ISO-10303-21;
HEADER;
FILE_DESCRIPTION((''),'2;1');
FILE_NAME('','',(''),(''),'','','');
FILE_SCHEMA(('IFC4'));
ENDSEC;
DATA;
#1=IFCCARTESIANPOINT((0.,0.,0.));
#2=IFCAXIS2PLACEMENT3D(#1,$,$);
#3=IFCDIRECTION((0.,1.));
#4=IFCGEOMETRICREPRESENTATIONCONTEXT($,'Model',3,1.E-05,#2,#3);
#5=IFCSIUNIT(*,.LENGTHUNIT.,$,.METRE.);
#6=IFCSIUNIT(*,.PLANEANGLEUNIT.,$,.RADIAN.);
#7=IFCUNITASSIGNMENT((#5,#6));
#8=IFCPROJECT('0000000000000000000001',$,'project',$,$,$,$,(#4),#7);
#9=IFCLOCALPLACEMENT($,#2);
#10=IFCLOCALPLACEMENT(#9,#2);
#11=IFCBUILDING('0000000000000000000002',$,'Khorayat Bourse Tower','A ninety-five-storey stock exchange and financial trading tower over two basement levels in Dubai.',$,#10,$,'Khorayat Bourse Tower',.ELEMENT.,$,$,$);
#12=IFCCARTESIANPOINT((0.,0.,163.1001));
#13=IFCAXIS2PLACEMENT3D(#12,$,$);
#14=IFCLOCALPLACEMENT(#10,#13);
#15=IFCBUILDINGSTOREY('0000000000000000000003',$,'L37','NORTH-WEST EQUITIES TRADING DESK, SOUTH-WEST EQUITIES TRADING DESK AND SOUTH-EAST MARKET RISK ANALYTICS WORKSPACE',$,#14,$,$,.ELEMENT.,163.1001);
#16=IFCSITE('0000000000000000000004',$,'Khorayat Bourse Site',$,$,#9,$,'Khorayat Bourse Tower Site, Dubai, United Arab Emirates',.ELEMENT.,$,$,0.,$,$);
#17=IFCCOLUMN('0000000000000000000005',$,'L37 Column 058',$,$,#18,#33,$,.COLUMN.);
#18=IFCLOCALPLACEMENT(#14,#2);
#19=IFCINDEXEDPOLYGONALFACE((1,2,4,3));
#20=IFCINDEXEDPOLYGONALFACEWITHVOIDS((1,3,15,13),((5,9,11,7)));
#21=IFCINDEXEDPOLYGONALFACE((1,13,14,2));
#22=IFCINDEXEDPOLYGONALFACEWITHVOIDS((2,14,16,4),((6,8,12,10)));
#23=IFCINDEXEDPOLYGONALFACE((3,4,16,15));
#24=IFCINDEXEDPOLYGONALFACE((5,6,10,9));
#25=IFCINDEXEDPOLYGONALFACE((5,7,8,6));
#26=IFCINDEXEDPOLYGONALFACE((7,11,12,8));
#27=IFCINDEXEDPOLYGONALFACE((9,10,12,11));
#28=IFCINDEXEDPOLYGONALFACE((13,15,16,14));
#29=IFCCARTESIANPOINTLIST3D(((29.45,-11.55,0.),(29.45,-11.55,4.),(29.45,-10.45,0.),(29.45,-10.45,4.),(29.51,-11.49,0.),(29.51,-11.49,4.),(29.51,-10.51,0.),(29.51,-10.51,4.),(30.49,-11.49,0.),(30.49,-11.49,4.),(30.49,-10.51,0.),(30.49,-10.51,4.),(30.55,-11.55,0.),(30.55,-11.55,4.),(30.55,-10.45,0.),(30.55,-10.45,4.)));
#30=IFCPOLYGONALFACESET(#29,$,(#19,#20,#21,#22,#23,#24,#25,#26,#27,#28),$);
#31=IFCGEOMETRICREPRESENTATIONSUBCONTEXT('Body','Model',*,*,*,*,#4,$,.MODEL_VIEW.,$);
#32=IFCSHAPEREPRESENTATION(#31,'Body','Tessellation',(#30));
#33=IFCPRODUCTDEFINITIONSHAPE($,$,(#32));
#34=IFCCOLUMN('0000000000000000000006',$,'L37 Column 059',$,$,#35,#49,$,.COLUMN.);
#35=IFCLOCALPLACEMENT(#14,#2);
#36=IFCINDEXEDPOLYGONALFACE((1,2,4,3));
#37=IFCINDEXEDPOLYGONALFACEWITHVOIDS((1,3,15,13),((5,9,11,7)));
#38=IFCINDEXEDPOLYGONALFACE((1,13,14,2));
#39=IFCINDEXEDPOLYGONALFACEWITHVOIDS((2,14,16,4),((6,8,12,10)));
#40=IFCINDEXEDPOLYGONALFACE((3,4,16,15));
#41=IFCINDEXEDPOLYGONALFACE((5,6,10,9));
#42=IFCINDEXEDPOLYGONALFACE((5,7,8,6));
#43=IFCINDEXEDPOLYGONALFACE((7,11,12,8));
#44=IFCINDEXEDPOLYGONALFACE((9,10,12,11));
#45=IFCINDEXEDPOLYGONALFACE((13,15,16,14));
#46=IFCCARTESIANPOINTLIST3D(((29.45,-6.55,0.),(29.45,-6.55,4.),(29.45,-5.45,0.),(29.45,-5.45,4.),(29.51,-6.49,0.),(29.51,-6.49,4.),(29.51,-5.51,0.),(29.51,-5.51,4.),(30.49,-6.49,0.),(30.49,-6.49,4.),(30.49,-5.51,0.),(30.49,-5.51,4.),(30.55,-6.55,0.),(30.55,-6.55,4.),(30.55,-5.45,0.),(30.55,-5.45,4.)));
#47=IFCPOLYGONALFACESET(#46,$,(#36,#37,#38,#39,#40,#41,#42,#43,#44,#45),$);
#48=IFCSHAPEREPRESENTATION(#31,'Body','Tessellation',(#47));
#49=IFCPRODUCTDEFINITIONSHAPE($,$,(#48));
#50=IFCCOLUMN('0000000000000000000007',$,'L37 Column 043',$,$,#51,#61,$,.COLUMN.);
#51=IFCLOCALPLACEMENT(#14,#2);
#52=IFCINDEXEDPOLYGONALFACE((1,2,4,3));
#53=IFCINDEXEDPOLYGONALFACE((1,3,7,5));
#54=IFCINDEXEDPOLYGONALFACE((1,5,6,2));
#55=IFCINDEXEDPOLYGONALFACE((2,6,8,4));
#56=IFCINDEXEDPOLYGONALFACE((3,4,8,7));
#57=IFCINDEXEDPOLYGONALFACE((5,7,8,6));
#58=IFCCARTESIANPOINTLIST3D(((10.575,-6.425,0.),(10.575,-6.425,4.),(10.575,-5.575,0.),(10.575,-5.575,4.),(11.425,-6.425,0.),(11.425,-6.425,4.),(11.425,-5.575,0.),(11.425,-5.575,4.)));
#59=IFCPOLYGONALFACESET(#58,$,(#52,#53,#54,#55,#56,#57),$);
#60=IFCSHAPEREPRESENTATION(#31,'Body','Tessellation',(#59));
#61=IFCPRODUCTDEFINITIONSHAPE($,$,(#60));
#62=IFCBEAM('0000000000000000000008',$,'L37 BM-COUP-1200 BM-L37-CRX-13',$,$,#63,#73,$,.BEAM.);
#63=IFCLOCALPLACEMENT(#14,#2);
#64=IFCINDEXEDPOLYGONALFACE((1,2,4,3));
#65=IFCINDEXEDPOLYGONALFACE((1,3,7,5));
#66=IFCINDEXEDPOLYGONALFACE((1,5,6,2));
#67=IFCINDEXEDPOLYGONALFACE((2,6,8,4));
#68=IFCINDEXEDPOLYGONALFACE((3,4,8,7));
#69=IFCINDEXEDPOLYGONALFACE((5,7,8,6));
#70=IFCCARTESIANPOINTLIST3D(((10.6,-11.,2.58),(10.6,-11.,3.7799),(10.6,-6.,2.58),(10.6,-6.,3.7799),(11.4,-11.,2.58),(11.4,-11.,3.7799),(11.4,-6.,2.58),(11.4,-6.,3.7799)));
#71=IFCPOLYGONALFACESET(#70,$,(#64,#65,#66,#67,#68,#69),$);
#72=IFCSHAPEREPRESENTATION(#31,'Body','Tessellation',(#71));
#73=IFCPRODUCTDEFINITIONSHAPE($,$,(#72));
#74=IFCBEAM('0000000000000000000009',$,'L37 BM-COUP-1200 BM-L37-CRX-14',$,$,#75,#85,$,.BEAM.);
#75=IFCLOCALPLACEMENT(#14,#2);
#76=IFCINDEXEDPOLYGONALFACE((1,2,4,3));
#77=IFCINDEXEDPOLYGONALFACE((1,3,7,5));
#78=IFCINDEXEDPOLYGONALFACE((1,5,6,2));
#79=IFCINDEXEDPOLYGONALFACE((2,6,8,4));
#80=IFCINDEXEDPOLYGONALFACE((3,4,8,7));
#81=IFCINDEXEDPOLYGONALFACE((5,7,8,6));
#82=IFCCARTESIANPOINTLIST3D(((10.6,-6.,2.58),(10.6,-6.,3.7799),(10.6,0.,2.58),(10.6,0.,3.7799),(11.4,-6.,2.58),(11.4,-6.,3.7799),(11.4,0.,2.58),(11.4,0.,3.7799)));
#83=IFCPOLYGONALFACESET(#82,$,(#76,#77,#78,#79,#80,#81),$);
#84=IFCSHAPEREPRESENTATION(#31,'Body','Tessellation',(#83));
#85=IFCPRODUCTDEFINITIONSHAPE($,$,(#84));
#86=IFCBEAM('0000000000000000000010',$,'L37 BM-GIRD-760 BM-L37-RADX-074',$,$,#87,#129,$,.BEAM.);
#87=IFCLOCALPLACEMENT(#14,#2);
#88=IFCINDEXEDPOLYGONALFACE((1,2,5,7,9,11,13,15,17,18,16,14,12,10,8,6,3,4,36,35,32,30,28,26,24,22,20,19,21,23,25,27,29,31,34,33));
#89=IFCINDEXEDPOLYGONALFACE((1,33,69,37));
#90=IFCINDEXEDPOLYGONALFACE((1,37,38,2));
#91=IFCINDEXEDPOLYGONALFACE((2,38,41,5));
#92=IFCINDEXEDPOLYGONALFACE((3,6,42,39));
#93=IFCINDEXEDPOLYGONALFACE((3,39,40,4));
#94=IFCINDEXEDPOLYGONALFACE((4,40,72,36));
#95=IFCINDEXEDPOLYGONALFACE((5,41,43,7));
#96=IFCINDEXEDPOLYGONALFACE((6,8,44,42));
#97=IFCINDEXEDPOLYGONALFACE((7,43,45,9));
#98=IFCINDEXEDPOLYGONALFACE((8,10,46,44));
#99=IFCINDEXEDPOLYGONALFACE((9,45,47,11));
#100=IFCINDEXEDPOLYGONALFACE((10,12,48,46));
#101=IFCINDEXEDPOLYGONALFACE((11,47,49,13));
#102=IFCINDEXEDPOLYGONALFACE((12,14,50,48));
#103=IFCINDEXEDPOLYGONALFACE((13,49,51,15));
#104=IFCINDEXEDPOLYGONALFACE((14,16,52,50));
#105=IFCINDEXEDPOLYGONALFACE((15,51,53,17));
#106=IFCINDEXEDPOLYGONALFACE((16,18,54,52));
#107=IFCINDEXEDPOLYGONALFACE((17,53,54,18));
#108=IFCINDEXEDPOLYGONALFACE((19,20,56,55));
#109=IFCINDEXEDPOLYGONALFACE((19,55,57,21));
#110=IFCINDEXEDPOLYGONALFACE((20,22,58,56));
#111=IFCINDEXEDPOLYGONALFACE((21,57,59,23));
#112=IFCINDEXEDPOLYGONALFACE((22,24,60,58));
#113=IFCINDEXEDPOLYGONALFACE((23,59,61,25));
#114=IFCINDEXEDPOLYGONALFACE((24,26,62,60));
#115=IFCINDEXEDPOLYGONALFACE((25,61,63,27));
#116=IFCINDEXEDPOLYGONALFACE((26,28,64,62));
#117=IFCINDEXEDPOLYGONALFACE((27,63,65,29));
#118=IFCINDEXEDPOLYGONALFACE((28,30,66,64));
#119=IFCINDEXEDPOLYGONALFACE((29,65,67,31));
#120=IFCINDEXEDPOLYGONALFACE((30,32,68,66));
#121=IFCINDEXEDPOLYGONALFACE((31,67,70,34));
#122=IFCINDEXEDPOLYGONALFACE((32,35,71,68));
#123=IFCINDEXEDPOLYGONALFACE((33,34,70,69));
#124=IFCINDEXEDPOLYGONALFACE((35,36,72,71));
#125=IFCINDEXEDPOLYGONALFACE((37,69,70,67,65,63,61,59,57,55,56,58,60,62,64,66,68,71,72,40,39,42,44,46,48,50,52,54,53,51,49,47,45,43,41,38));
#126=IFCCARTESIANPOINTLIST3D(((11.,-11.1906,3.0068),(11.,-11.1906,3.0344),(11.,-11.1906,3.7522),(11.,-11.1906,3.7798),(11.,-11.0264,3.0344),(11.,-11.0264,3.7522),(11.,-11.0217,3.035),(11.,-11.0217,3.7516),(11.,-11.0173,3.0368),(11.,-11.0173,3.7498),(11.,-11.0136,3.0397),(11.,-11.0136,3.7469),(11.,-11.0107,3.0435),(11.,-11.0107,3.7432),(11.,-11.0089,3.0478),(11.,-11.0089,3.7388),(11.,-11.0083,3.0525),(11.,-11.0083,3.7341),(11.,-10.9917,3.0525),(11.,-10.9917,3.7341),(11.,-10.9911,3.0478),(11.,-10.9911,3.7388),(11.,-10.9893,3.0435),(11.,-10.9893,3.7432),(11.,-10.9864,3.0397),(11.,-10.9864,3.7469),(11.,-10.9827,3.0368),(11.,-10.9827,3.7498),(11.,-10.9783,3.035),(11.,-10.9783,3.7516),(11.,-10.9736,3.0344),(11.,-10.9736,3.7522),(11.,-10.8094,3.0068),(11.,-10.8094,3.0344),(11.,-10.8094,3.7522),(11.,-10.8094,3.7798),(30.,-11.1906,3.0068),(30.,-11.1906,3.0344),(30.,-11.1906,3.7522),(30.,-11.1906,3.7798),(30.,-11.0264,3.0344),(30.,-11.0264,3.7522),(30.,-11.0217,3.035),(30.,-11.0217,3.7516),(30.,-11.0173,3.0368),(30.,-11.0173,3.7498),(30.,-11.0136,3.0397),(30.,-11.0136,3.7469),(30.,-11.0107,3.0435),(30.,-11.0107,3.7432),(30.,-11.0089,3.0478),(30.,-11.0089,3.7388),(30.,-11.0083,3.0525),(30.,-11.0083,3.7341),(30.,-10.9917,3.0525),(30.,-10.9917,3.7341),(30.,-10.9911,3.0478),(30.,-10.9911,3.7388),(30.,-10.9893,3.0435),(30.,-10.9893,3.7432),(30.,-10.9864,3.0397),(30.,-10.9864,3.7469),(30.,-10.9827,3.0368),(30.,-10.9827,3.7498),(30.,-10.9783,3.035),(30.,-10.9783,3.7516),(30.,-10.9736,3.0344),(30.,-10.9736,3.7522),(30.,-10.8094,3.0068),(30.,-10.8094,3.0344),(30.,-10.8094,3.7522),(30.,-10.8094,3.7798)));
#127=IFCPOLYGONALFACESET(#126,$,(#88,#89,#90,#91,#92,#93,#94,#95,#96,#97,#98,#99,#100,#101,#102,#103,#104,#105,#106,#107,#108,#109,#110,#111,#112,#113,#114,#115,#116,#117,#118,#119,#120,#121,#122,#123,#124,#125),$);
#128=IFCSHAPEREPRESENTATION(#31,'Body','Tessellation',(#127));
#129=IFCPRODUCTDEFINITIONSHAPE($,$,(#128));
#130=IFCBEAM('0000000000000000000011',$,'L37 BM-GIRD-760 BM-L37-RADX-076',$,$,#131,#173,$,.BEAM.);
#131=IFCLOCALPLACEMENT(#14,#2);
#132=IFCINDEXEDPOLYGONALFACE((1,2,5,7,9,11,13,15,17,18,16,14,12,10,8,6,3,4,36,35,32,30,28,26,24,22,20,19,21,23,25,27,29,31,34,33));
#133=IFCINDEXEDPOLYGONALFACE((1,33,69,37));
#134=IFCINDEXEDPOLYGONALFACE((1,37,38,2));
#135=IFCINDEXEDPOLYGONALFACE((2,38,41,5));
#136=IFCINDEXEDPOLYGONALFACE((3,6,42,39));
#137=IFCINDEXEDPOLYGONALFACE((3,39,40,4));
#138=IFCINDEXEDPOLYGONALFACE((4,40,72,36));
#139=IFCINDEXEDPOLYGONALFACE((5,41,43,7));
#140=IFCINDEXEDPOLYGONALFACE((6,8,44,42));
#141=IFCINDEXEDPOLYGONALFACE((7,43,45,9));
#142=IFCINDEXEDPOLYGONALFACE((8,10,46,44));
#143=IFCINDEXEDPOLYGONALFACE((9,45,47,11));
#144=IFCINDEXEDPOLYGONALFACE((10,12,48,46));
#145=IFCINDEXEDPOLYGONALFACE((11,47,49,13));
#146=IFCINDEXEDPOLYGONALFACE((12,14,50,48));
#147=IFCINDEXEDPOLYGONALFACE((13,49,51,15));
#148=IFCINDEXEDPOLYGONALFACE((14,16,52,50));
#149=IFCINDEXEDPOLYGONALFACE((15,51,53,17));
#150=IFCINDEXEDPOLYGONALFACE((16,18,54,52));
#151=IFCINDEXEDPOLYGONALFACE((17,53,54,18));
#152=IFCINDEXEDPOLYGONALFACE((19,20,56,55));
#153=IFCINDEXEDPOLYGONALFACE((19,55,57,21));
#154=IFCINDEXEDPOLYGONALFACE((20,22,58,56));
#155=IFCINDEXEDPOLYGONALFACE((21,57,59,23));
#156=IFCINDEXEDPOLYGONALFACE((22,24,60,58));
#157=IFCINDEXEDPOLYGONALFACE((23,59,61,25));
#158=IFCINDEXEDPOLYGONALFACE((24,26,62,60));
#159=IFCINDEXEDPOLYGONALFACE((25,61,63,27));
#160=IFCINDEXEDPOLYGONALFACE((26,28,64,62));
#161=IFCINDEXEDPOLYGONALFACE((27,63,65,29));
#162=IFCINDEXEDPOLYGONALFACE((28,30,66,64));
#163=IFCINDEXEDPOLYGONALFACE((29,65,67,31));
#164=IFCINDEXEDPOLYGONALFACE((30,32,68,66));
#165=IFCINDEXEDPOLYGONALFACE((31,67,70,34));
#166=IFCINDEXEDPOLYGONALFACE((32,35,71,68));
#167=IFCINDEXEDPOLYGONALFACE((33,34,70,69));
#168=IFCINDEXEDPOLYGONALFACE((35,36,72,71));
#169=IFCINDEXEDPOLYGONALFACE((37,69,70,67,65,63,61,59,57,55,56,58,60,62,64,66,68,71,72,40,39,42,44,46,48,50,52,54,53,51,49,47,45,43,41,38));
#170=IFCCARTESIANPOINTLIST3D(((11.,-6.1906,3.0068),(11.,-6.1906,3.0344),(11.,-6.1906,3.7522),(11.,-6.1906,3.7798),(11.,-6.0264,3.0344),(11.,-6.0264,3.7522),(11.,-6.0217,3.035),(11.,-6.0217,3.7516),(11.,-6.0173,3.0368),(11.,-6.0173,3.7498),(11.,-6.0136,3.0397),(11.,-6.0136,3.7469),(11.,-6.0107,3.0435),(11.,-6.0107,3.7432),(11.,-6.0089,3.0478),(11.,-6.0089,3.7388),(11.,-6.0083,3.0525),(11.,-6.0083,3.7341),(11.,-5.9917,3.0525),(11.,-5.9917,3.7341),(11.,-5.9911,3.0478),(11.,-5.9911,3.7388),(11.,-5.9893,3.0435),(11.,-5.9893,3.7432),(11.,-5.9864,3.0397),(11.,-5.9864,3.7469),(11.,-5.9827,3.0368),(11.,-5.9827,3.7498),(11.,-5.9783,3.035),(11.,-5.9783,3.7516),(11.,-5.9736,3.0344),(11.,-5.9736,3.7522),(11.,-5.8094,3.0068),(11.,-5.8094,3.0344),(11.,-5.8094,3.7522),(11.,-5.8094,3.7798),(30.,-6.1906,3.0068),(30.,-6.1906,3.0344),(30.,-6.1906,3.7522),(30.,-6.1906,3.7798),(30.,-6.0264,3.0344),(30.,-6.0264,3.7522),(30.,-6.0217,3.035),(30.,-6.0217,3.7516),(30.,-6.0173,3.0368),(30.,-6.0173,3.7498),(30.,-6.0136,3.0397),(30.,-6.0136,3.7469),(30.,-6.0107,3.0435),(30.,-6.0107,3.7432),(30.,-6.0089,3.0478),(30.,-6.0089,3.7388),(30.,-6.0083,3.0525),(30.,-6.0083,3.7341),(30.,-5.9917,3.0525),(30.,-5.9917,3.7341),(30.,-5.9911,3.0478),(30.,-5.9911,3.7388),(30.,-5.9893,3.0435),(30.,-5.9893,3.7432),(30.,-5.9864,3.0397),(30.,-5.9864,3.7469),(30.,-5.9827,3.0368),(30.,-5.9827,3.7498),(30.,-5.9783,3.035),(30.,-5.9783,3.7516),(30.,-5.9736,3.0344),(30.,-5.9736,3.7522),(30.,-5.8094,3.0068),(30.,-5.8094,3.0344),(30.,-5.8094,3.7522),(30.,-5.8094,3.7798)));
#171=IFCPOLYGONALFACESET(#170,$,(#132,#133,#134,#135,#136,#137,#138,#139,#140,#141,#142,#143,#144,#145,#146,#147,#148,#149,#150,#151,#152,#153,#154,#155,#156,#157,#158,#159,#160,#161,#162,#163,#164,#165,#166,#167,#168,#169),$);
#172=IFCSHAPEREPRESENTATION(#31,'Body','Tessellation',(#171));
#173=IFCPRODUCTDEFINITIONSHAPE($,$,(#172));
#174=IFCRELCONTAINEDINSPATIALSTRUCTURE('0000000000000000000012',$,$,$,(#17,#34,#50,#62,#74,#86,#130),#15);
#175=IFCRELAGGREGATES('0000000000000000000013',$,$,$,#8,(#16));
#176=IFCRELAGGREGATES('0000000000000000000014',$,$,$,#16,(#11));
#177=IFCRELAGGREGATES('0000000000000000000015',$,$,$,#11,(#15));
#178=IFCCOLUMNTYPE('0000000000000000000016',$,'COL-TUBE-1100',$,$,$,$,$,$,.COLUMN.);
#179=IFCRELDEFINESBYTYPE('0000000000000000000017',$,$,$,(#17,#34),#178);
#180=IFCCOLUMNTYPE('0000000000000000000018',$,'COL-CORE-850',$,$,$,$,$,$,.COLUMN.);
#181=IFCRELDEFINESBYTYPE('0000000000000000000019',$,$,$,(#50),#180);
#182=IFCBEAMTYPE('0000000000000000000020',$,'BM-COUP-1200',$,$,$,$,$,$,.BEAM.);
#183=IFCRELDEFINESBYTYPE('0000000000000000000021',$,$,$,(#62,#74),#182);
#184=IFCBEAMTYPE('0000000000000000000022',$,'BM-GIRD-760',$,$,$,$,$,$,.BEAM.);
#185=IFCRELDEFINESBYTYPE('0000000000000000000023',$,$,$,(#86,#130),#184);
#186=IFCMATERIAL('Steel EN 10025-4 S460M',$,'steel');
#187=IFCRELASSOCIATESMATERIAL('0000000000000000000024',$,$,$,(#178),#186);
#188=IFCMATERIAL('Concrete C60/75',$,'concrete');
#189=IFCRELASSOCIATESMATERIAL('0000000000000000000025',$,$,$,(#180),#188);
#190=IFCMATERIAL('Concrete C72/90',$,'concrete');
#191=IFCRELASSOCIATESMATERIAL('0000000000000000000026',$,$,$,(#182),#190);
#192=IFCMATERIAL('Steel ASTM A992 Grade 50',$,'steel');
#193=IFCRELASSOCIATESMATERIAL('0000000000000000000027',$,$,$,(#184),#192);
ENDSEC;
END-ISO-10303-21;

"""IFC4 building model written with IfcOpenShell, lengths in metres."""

from ifc_helpers import new_model, si_unit, direction, frame, origin, origin_2d, place, context, subcontext, project, spatial, rectangle, hollow_rectangle, i_section, extrude, source, transform, mapped, material, material_profile, profile_set, type_object, element, save


model = new_model("IFC4")

# Units and contexts
model_context = context("Model", 3, precision=1e-05, world=origin(), true_north=direction((0.0, 1.0)))
body_context = subcontext(model_context, "Body", "Model", "MODEL_VIEW")
ifc_project = project(units=[si_unit("LENGTHUNIT", "METRE"), si_unit("PLANEANGLEUNIT", "RADIAN")], contexts=[model_context])

# Site, building, storey
site_placement = place(None, origin())
site = spatial("IfcSite", under=ifc_project, at=site_placement, Name="Khorayat Bourse Site", LongName="Khorayat Bourse Tower Site, Dubai, United Arab Emirates", CompositionType="ELEMENT", RefElevation=0.0)
building_placement = place(site_placement, origin())
building = spatial("IfcBuilding", under=site, at=building_placement, Name="Khorayat Bourse Tower", Description="A ninety-five-storey stock exchange and financial trading tower over two basement levels in Dubai.", LongName="Khorayat Bourse Tower", CompositionType="ELEMENT")
storey_placement = place(building_placement, frame((0.0, 0.0, 163.1001)))
storey = spatial("IfcBuildingStorey", under=building, at=storey_placement, Name="L37", Description="NORTH-WEST EQUITIES TRADING DESK, SOUTH-WEST EQUITIES TRADING DESK AND SOUTH-EAST MARKET RISK ANALYTICS WORKSPACE", CompositionType="ELEMENT", Elevation=163.1001)

# Columns
ifc_material_1 = material(Name="Steel EN 10025-4 S460M", Category="steel")
ifc_material_profile_1 = material_profile(ifc_material_1, hollow_rectangle(XDim=1.1001, YDim=1.1001, WallThickness=0.0601, at=origin_2d()), Name="BOX 1100x1100x60")
ifc_profile_set_1 = profile_set([ifc_material_profile_1], Name="Steel EN 10025-4 S460M")
column_type_1 = type_object("IfcColumnType", Name="COL-TUBE-1100", PredefinedType="COLUMN", material=ifc_profile_set_1)
shared_shape_1 = source(origin(), body_context, "Body", "SweptSolid", [
    extrude(hollow_rectangle(XDim=1.1001, YDim=1.1001, WallThickness=0.0601, at=origin_2d()), origin(), (0.0, 0.0, 1.0), 4.0),
])
for number, where, z_axis, x_axis, name in (
    (1, (30.0, -11.0, 0.0), (0.0, 0.0, 1.0), (1.0, 0.0, 0.0), "L37 Column 058"),
    (2, (30.0, -6.0, 0.0), (0.0, 0.0, 1.0), (1.0, 0.0, 0.0), "L37 Column 059"),
):
    element("IfcColumn", number, at=place(storey_placement, frame(where, z_axis=z_axis, x_axis=x_axis)), inside=storey, type_object=column_type_1, Name=name, PredefinedType="COLUMN", context=body_context, shape_type="MappedRepresentation", body=[
        mapped(shared_shape_1, transform((0.0, 0.0, 0.0), scale=1.0)),
    ])
ifc_material_2 = material(Name="Concrete C60/75", Category="concrete")
ifc_material_profile_2 = material_profile(ifc_material_2, rectangle(XDim=0.8501, YDim=0.8501, at=origin_2d()), Name="RC 850x850")
ifc_profile_set_2 = profile_set([ifc_material_profile_2], Name="Concrete C60/75")
column_type_2 = type_object("IfcColumnType", Name="COL-CORE-850", PredefinedType="COLUMN", material=ifc_profile_set_2)
shared_shape_2 = source(origin(), body_context, "Body", "SweptSolid", [
    extrude(rectangle(XDim=0.8501, YDim=0.8501, at=origin_2d()), origin(), (0.0, 0.0, 1.0), 4.0),
])
column_placement = place(storey_placement, frame((11.0, -6.0, 0.0), z_axis=(0.0, 0.0, 1.0), x_axis=(1.0, 0.0, 0.0)))
element("IfcColumn", 3, at=column_placement, inside=storey, type_object=column_type_2, Name="L37 Column 043", PredefinedType="COLUMN", context=body_context, shape_type="MappedRepresentation", body=[
    mapped(shared_shape_2, transform((0.0, 0.0, 0.0), scale=1.0)),
])

# Beams
ifc_material_3 = material(Name="Concrete C72/90", Category="concrete")
ifc_material_profile_3 = material_profile(ifc_material_3, rectangle(XDim=0.8, YDim=1.2, at=origin_2d()), Name="RC 800x1200")
ifc_profile_set_3 = profile_set([ifc_material_profile_3], Name="Concrete C72/90")
beam_type_1 = type_object("IfcBeamType", Name="BM-COUP-1200", PredefinedType="BEAM", material=ifc_profile_set_3)
shared_shape_3 = source(origin(), body_context, "Body", "SweptSolid", [
    extrude(rectangle(XDim=0.8, YDim=1.2, at=origin_2d()), origin(), (0.0, 0.0, 1.0), 5.0),
])
beam_1_placement = place(storey_placement, frame((11.0, -11.0, 3.1799), z_axis=(0.0, 1.0, 0.0), x_axis=(-1.0, 0.0, 0.0)))
element("IfcBeam", 4, at=beam_1_placement, inside=storey, type_object=beam_type_1, Name="L37 BM-COUP-1200 BM-L37-CRX-13", PredefinedType="BEAM", context=body_context, shape_type="MappedRepresentation", body=[
    mapped(shared_shape_3, transform((0.0, 0.0, 0.0), scale=1.0)),
])
shared_shape_4 = source(origin(), body_context, "Body", "SweptSolid", [
    extrude(rectangle(XDim=0.8, YDim=1.2, at=origin_2d()), origin(), (0.0, 0.0, 1.0), 6.0),
])
beam_2_placement = place(storey_placement, frame((11.0, -6.0, 3.1799), z_axis=(0.0, 1.0, 0.0), x_axis=(-1.0, 0.0, 0.0)))
element("IfcBeam", 5, at=beam_2_placement, inside=storey, type_object=beam_type_1, Name="L37 BM-COUP-1200 BM-L37-CRX-14", PredefinedType="BEAM", context=body_context, shape_type="MappedRepresentation", body=[
    mapped(shared_shape_4, transform((0.0, 0.0, 0.0), scale=1.0)),
])
ifc_material_4 = material(Name="Steel ASTM A992 Grade 50", Category="steel")
ifc_material_profile_4 = material_profile(ifc_material_4, i_section(OverallWidth=0.3811, OverallDepth=0.7729, WebThickness=0.0166, FlangeThickness=0.0276, FilletRadius=0.0181, at=origin_2d()), Name="W760X257")
ifc_profile_set_4 = profile_set([ifc_material_profile_4], Name="Steel ASTM A992 Grade 50")
beam_type_2 = type_object("IfcBeamType", Name="BM-GIRD-760", PredefinedType="BEAM", material=ifc_profile_set_4)
shared_shape_5 = source(origin(), body_context, "Body", "SweptSolid", [
    extrude(i_section(OverallWidth=0.3811, OverallDepth=0.7729, WebThickness=0.0166, FlangeThickness=0.0276, FilletRadius=0.0181, at=origin_2d()), origin(), (0.0, 0.0, 1.0), 19.0),
])
for number, where, z_axis, x_axis, name in (
    (6, (11.0, -11.0, 3.3933), (1.0, 0.0, 0.0), (0.0, 1.0, 0.0), "L37 BM-GIRD-760 BM-L37-RADX-074"),
    (7, (11.0, -6.0, 3.3933), (1.0, 0.0, 0.0), (0.0, 1.0, 0.0), "L37 BM-GIRD-760 BM-L37-RADX-076"),
):
    element("IfcBeam", number, at=place(storey_placement, frame(where, z_axis=z_axis, x_axis=x_axis)), inside=storey, type_object=beam_type_2, Name=name, PredefinedType="BEAM", context=body_context, shape_type="MappedRepresentation", body=[
        mapped(shared_shape_5, transform((0.0, 0.0, 0.0), scale=1.0)),
    ])

save(model, "model.ifc")
